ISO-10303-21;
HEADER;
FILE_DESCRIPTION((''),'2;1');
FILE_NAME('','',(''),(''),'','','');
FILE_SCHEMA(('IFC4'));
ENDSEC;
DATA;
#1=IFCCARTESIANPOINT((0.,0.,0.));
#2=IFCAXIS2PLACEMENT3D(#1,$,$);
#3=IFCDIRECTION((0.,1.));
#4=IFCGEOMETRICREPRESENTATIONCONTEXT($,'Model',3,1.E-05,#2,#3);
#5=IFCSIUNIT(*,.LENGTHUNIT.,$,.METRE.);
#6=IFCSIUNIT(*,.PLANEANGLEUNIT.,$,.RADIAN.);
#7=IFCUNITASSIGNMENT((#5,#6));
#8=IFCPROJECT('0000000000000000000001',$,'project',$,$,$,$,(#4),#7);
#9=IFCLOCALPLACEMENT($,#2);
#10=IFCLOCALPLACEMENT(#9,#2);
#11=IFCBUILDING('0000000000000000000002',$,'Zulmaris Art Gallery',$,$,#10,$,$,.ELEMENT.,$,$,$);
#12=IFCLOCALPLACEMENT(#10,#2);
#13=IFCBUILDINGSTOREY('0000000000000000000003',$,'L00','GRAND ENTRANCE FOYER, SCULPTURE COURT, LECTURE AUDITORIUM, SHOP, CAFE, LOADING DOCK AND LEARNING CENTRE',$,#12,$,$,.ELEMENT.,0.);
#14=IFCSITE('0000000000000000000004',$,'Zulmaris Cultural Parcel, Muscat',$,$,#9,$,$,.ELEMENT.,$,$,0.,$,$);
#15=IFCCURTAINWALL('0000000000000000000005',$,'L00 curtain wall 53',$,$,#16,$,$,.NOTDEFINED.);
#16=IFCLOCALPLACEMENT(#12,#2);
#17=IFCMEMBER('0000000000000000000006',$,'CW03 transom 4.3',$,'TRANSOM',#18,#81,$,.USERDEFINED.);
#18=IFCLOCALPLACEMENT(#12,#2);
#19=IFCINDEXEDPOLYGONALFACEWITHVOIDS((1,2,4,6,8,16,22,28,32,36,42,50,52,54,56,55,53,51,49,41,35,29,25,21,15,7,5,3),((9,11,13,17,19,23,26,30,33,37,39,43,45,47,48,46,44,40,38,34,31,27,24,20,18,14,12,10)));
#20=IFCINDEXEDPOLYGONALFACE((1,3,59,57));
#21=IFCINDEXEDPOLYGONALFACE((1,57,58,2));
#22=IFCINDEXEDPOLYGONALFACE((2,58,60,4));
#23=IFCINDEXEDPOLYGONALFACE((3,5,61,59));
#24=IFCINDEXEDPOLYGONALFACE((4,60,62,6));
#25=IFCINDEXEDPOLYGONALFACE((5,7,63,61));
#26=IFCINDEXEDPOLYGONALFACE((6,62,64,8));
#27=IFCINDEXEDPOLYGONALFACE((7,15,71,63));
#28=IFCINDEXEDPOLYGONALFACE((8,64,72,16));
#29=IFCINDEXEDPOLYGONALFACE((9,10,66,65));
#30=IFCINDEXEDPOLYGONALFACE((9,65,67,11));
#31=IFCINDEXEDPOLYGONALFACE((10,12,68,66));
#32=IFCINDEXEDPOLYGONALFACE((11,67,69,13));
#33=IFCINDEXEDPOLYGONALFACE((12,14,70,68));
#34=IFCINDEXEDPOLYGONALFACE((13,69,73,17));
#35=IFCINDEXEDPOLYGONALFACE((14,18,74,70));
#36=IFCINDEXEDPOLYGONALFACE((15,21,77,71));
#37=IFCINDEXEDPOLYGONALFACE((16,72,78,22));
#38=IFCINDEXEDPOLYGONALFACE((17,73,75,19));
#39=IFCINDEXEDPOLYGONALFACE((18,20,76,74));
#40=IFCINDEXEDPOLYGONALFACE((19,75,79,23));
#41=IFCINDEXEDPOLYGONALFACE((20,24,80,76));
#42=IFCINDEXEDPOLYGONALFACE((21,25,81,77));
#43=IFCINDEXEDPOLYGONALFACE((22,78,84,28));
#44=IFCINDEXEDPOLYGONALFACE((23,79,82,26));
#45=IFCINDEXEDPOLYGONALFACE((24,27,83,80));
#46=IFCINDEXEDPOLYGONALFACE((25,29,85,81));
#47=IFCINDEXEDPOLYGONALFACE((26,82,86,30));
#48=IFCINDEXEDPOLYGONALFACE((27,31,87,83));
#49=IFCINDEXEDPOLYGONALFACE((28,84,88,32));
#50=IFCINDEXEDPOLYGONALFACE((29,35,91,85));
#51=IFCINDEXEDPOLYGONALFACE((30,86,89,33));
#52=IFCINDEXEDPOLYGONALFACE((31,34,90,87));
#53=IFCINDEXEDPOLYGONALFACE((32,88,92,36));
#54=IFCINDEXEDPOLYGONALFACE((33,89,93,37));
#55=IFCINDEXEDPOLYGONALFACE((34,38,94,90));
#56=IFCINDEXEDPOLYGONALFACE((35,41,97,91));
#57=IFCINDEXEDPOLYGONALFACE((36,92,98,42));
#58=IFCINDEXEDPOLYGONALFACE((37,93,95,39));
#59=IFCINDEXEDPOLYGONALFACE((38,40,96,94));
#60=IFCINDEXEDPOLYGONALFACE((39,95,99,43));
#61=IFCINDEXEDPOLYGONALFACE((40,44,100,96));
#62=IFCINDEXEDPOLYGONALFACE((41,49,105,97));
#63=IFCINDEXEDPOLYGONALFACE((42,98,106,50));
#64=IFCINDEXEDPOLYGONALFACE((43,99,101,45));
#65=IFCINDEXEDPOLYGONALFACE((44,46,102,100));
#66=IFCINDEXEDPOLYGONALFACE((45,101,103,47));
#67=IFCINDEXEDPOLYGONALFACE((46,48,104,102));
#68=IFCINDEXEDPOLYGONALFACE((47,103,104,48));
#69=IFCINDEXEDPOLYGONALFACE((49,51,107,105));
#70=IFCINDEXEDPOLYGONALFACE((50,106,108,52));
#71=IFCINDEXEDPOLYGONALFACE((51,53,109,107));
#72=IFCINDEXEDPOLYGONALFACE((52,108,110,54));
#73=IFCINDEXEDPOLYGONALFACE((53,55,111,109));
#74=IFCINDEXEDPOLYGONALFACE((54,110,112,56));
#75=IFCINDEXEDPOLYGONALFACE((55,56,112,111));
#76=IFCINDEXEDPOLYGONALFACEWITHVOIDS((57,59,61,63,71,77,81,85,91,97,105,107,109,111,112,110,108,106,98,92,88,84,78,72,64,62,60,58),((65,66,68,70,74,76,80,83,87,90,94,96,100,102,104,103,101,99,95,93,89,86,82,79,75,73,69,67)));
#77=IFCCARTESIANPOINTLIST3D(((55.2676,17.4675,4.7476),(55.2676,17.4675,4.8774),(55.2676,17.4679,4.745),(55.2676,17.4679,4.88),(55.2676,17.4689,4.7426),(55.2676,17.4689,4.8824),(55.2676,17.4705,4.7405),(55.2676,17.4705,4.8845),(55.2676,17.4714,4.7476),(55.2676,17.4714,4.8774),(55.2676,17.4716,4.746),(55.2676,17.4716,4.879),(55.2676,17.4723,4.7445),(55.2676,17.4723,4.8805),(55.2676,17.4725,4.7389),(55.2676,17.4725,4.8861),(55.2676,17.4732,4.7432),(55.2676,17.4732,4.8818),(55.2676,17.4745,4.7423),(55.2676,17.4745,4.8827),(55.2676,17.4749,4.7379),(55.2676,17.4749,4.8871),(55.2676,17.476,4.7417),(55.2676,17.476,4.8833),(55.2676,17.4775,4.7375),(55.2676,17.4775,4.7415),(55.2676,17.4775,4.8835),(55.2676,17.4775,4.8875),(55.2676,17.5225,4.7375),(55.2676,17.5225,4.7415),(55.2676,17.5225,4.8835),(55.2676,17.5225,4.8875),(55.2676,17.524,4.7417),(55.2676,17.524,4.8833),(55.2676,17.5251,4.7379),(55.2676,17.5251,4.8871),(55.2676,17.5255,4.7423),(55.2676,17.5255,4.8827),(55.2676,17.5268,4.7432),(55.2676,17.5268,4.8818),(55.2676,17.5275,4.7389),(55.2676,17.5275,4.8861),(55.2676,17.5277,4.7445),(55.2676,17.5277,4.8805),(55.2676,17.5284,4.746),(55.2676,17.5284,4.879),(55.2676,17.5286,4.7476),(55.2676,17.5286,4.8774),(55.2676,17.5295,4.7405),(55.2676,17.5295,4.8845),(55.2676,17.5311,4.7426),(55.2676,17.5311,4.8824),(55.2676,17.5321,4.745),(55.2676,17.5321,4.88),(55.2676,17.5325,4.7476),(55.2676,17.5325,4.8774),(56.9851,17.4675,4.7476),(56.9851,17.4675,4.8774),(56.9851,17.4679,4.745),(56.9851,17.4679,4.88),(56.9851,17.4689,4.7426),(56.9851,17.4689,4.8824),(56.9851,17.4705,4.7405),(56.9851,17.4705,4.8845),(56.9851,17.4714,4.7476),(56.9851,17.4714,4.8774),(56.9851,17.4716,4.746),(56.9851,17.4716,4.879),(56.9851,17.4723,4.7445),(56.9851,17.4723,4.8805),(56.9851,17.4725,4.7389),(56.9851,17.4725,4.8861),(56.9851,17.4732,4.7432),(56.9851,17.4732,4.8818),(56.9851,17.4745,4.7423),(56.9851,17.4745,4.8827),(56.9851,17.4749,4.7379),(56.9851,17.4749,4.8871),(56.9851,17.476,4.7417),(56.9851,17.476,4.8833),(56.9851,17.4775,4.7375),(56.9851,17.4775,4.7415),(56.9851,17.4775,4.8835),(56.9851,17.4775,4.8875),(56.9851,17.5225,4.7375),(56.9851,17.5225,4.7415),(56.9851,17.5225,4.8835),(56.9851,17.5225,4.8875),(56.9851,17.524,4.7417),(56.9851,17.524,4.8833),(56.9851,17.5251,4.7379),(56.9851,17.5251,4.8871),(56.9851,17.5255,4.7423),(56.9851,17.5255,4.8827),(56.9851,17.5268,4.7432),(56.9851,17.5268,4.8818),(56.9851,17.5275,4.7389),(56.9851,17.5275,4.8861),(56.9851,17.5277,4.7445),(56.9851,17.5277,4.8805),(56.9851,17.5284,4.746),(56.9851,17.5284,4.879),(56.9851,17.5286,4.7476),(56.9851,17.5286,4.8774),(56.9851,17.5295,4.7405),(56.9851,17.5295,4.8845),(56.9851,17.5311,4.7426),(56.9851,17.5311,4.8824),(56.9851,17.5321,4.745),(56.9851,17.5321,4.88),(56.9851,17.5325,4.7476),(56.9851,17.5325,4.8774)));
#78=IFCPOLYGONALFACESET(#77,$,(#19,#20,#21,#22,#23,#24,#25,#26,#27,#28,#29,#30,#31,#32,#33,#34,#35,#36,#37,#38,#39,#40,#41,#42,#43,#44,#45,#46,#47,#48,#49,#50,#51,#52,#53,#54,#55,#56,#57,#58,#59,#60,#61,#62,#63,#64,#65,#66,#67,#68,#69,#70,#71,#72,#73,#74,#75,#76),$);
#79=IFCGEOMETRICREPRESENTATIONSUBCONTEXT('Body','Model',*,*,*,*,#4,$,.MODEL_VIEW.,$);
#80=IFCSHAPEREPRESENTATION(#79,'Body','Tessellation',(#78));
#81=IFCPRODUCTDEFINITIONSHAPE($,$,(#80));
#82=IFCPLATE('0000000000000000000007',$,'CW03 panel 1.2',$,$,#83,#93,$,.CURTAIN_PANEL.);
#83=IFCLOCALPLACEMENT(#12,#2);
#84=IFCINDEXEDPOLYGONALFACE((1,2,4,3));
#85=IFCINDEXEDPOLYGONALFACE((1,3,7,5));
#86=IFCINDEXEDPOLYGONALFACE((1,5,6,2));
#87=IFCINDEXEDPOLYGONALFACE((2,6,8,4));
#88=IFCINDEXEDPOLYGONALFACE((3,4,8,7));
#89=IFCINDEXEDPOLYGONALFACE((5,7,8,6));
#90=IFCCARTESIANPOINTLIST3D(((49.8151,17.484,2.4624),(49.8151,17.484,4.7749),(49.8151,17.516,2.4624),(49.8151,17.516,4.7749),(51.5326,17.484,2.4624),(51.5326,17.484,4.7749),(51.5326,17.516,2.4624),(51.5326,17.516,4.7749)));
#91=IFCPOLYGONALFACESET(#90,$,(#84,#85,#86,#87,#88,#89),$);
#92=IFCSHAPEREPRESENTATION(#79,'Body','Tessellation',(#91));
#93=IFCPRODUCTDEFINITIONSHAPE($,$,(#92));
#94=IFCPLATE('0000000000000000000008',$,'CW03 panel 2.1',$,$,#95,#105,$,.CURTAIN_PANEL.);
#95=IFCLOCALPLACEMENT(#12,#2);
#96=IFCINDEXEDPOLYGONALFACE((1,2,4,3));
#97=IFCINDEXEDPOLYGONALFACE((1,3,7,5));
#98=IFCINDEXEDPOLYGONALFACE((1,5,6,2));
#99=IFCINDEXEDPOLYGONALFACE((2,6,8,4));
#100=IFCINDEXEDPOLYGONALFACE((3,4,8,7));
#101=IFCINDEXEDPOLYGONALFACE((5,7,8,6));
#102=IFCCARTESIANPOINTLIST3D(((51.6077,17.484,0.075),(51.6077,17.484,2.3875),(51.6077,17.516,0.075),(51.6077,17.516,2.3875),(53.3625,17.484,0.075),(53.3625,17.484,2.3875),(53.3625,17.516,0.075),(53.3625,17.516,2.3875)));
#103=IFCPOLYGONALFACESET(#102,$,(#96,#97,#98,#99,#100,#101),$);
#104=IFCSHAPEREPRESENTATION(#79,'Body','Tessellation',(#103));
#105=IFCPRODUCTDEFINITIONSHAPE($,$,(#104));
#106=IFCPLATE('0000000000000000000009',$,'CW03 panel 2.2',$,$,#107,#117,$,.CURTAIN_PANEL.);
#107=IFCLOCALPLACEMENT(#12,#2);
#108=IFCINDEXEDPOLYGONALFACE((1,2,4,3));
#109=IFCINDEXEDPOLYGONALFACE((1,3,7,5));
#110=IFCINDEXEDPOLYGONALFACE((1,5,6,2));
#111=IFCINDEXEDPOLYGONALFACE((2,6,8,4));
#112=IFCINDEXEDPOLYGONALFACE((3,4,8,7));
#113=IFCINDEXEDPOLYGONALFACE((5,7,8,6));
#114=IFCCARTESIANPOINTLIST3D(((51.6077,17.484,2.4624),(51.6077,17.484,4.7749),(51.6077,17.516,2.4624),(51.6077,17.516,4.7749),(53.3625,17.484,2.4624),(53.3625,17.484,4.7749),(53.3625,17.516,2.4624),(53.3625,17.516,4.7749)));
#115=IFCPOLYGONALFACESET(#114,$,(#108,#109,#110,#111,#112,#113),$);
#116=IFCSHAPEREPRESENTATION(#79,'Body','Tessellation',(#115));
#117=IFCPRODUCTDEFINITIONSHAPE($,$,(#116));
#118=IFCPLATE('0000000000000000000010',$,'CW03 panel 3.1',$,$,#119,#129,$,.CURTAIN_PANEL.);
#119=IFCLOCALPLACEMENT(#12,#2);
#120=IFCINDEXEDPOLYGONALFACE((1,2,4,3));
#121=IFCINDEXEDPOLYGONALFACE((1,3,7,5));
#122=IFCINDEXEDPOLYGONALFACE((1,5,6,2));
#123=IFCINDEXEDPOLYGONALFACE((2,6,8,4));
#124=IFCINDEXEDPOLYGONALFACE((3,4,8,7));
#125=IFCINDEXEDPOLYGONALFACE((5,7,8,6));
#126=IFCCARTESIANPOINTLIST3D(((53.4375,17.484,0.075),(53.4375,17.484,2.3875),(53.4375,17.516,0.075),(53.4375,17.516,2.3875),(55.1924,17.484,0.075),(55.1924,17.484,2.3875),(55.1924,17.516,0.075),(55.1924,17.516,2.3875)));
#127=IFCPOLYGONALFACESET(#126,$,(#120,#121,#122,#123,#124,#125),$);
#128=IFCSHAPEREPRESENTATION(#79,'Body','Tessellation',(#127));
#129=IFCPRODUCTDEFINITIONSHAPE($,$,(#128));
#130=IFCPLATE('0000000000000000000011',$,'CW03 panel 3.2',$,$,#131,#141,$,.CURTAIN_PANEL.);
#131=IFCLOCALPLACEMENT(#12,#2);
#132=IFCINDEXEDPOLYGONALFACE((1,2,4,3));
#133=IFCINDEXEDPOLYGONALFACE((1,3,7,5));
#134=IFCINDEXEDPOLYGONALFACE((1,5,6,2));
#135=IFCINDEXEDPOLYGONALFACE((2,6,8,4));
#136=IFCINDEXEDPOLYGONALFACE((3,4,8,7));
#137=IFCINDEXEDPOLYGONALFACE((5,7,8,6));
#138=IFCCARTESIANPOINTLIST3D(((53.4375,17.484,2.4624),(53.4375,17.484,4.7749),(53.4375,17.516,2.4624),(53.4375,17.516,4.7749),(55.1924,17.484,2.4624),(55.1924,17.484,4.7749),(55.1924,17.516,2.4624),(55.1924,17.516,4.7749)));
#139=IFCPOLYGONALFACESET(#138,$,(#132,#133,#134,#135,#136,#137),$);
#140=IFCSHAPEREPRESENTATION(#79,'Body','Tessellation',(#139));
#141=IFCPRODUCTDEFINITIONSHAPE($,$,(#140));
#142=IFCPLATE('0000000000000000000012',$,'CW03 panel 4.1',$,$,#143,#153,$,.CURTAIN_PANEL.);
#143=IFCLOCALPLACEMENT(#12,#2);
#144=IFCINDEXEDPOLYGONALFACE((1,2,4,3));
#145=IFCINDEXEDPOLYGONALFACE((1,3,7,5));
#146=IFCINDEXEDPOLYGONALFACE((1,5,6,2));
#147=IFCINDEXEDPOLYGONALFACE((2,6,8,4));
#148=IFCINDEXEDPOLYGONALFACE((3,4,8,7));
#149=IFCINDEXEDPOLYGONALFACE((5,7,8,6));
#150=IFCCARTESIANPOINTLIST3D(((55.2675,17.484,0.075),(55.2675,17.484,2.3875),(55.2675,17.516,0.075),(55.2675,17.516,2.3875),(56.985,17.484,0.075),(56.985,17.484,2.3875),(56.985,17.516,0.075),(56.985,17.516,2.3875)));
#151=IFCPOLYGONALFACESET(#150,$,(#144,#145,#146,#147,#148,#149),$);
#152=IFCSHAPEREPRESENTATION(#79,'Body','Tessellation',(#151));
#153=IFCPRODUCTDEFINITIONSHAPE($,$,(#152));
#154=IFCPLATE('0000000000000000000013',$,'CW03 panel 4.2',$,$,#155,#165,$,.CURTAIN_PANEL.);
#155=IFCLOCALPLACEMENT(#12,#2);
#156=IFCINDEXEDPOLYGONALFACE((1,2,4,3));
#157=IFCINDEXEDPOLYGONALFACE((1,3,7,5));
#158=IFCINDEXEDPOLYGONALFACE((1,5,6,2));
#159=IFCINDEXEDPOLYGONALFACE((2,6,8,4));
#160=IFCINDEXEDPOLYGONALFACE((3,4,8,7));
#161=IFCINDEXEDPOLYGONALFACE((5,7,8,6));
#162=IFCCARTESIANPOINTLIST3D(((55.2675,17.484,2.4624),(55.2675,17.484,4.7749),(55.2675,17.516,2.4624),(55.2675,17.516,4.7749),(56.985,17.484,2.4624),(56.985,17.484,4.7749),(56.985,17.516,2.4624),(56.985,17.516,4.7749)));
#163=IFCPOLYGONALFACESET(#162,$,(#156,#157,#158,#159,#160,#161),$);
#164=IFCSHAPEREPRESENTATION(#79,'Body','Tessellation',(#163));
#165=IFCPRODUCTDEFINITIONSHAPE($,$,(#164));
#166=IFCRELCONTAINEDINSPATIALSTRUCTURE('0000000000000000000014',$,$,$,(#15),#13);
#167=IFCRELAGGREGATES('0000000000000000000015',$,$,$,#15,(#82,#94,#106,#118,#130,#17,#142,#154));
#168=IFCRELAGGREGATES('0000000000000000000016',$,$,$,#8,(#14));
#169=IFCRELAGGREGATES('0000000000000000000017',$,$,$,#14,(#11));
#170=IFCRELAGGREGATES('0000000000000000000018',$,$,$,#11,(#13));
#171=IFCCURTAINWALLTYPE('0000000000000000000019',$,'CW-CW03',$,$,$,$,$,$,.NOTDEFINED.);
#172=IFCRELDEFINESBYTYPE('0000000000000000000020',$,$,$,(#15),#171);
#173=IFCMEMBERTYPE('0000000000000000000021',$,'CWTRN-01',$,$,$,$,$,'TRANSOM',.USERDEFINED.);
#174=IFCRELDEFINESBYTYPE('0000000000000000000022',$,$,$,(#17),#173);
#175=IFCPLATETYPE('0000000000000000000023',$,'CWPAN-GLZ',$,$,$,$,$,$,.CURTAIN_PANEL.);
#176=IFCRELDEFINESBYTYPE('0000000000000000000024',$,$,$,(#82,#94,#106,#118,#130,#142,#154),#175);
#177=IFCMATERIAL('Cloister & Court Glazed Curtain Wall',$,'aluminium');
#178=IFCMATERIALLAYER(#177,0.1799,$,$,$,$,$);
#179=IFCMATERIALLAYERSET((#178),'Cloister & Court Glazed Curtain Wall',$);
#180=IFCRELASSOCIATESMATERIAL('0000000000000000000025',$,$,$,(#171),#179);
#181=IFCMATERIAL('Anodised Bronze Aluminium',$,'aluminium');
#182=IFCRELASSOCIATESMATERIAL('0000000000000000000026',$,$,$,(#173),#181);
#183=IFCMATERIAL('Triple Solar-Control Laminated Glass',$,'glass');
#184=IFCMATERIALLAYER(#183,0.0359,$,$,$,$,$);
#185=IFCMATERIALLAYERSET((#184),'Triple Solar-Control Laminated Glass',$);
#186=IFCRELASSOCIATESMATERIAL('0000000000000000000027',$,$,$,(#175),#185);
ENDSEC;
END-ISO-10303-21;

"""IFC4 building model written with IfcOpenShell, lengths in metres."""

from ifc_helpers import new_model, si_unit, direction, frame, origin, origin_2d, place, context, subcontext, project, spatial, rectangle, hollow_rectangle, extrude, material, layer, layer_set, material_profile, profile_set, type_object, element, aggregate, save


model = new_model("IFC4")

# Units and contexts
model_context = context("Model", 3, precision=1e-05, world=origin(), true_north=direction((0.0, 1.0)))
body_context = subcontext(model_context, "Body", "Model", "MODEL_VIEW")
ifc_project = project(units=[si_unit("LENGTHUNIT", "METRE"), si_unit("PLANEANGLEUNIT", "RADIAN")], contexts=[model_context])

# Site, building, storey
site_placement = place(None, origin())
site = spatial("IfcSite", under=ifc_project, at=site_placement, Name="Zulmaris Cultural Parcel, Muscat", CompositionType="ELEMENT", RefElevation=0.0)
building_placement = place(site_placement, origin())
building = spatial("IfcBuilding", under=site, at=building_placement, Name="Zulmaris Art Gallery", CompositionType="ELEMENT")
storey_placement = place(building_placement, origin())
storey = spatial("IfcBuildingStorey", under=building, at=storey_placement, Name="L00", Description="GRAND ENTRANCE FOYER, SCULPTURE COURT, LECTURE AUDITORIUM, SHOP, CAFE, LOADING DOCK AND LEARNING CENTRE", CompositionType="ELEMENT", Elevation=0.0)

# Curtain wall, member, plates
ifc_material_1 = material(Name="Cloister & Court Glazed Curtain Wall", Category="aluminium")
ifc_layer_1 = layer(ifc_material_1, 0.1799)
ifc_layer_set_1 = layer_set([ifc_layer_1], Name="Cloister & Court Glazed Curtain Wall")
curtain_wall_type = type_object("IfcCurtainWallType", Name="CW-CW03", PredefinedType="NOTDEFINED", material=ifc_layer_set_1)
curtain_wall_placement = place(storey_placement, origin())
curtain_wall = element("IfcCurtainWall", 1, at=curtain_wall_placement, inside=storey, type_object=curtain_wall_type, Name="L00 curtain wall 53", PredefinedType="NOTDEFINED")
ifc_material_2 = material(Name="Anodised Bronze Aluminium", Category="aluminium")
ifc_material_profile_1 = material_profile(ifc_material_2, hollow_rectangle(XDim=0.0649, YDim=0.1499, WallThickness=0.0039, InnerFilletRadius=0.0061, OuterFilletRadius=0.01, at=origin_2d()), Name="ALU 65x150x4")
ifc_profile_set_1 = profile_set([ifc_material_profile_1], Name="Anodised Bronze Aluminium")
member_type_1 = type_object("IfcMemberType", Name="CWTRN-01", ElementType="TRANSOM", PredefinedType="USERDEFINED", material=ifc_profile_set_1)
member_1_placement = place(storey_placement, frame((55.2676, 17.5, 4.8125), z_axis=(1.0, 0.0, 0.0), x_axis=(0.0, 1.0, 0.0)))
member_1 = element("IfcMember", 2, at=member_1_placement, type_object=member_type_1, Name="CW03 transom 4.3", ObjectType="TRANSOM", PredefinedType="USERDEFINED", context=body_context, shape_type="SweptSolid", body=[
    extrude(hollow_rectangle(XDim=0.0649, YDim=0.1499, WallThickness=0.0039, InnerFilletRadius=0.0061, OuterFilletRadius=0.01, at=origin_2d()), origin(), (0.0, 0.0, 1.0), 1.7175),
])
ifc_material_3 = material(Name="Triple Solar-Control Laminated Glass", Category="glass")
ifc_layer_2 = layer(ifc_material_3, 0.0359)
ifc_layer_set_2 = layer_set([ifc_layer_2], Name="Triple Solar-Control Laminated Glass")
plate_type = type_object("IfcPlateType", Name="CWPAN-GLZ", PredefinedType="CURTAIN_PANEL", material=ifc_layer_set_2)
plate_1_placement = place(storey_placement, frame((50.6738, 17.5, 2.4624), z_axis=(0.0, 0.0, 1.0), x_axis=(1.0, 0.0, 0.0)))
plate_1 = element("IfcPlate", 3, at=plate_1_placement, type_object=plate_type, Name="CW03 panel 1.2", PredefinedType="CURTAIN_PANEL", context=body_context, shape_type="SweptSolid", body=[
    extrude(rectangle(XDim=1.7175, YDim=0.032, at=origin_2d()), origin(), (0.0, 0.0, 1.0), 2.3125),
])
plate_2_placement = place(storey_placement, frame((52.4851, 17.5, 0.075), z_axis=(0.0, 0.0, 1.0), x_axis=(1.0, 0.0, 0.0)))
plate_2 = element("IfcPlate", 4, at=plate_2_placement, type_object=plate_type, Name="CW03 panel 2.1", PredefinedType="CURTAIN_PANEL", context=body_context, shape_type="SweptSolid", body=[
    extrude(rectangle(XDim=1.7549, YDim=0.032, at=origin_2d()), origin(), (0.0, 0.0, 1.0), 2.3125),
])
plate_3_placement = place(storey_placement, frame((52.4851, 17.5, 2.4624), z_axis=(0.0, 0.0, 1.0), x_axis=(1.0, 0.0, 0.0)))
plate_3 = element("IfcPlate", 5, at=plate_3_placement, type_object=plate_type, Name="CW03 panel 2.2", PredefinedType="CURTAIN_PANEL", context=body_context, shape_type="SweptSolid", body=[
    extrude(rectangle(XDim=1.7549, YDim=0.032, at=origin_2d()), origin(), (0.0, 0.0, 1.0), 2.3125),
])
plate_4_placement = place(storey_placement, frame((54.3149, 17.5, 0.075), z_axis=(0.0, 0.0, 1.0), x_axis=(1.0, 0.0, 0.0)))
plate_4 = element("IfcPlate", 6, at=plate_4_placement, type_object=plate_type, Name="CW03 panel 3.1", PredefinedType="CURTAIN_PANEL", context=body_context, shape_type="SweptSolid", body=[
    extrude(rectangle(XDim=1.7549, YDim=0.032, at=origin_2d()), origin(), (0.0, 0.0, 1.0), 2.3125),
])
plate_5_placement = place(storey_placement, frame((54.3149, 17.5, 2.4624), z_axis=(0.0, 0.0, 1.0), x_axis=(1.0, 0.0, 0.0)))
plate_5 = element("IfcPlate", 7, at=plate_5_placement, type_object=plate_type, Name="CW03 panel 3.2", PredefinedType="CURTAIN_PANEL", context=body_context, shape_type="SweptSolid", body=[
    extrude(rectangle(XDim=1.7549, YDim=0.032, at=origin_2d()), origin(), (0.0, 0.0, 1.0), 2.3125),
])
plate_6_placement = place(storey_placement, frame((56.1262, 17.5, 0.075), z_axis=(0.0, 0.0, 1.0), x_axis=(1.0, 0.0, 0.0)))
plate_6 = element("IfcPlate", 8, at=plate_6_placement, type_object=plate_type, Name="CW03 panel 4.1", PredefinedType="CURTAIN_PANEL", context=body_context, shape_type="SweptSolid", body=[
    extrude(rectangle(XDim=1.7175, YDim=0.032, at=origin_2d()), origin(), (0.0, 0.0, 1.0), 2.3125),
])
plate_7_placement = place(storey_placement, frame((56.1262, 17.5, 2.4624), z_axis=(0.0, 0.0, 1.0), x_axis=(1.0, 0.0, 0.0)))
plate_7 = element("IfcPlate", 9, at=plate_7_placement, type_object=plate_type, Name="CW03 panel 4.2", PredefinedType="CURTAIN_PANEL", context=body_context, shape_type="SweptSolid", body=[
    extrude(rectangle(XDim=1.7175, YDim=0.032, at=origin_2d()), origin(), (0.0, 0.0, 1.0), 2.3125),
])
aggregate(curtain_wall, [plate_1, plate_2, plate_3, plate_4, plate_5, member_1, plate_6, plate_7])

save(model, "model.ifc")
